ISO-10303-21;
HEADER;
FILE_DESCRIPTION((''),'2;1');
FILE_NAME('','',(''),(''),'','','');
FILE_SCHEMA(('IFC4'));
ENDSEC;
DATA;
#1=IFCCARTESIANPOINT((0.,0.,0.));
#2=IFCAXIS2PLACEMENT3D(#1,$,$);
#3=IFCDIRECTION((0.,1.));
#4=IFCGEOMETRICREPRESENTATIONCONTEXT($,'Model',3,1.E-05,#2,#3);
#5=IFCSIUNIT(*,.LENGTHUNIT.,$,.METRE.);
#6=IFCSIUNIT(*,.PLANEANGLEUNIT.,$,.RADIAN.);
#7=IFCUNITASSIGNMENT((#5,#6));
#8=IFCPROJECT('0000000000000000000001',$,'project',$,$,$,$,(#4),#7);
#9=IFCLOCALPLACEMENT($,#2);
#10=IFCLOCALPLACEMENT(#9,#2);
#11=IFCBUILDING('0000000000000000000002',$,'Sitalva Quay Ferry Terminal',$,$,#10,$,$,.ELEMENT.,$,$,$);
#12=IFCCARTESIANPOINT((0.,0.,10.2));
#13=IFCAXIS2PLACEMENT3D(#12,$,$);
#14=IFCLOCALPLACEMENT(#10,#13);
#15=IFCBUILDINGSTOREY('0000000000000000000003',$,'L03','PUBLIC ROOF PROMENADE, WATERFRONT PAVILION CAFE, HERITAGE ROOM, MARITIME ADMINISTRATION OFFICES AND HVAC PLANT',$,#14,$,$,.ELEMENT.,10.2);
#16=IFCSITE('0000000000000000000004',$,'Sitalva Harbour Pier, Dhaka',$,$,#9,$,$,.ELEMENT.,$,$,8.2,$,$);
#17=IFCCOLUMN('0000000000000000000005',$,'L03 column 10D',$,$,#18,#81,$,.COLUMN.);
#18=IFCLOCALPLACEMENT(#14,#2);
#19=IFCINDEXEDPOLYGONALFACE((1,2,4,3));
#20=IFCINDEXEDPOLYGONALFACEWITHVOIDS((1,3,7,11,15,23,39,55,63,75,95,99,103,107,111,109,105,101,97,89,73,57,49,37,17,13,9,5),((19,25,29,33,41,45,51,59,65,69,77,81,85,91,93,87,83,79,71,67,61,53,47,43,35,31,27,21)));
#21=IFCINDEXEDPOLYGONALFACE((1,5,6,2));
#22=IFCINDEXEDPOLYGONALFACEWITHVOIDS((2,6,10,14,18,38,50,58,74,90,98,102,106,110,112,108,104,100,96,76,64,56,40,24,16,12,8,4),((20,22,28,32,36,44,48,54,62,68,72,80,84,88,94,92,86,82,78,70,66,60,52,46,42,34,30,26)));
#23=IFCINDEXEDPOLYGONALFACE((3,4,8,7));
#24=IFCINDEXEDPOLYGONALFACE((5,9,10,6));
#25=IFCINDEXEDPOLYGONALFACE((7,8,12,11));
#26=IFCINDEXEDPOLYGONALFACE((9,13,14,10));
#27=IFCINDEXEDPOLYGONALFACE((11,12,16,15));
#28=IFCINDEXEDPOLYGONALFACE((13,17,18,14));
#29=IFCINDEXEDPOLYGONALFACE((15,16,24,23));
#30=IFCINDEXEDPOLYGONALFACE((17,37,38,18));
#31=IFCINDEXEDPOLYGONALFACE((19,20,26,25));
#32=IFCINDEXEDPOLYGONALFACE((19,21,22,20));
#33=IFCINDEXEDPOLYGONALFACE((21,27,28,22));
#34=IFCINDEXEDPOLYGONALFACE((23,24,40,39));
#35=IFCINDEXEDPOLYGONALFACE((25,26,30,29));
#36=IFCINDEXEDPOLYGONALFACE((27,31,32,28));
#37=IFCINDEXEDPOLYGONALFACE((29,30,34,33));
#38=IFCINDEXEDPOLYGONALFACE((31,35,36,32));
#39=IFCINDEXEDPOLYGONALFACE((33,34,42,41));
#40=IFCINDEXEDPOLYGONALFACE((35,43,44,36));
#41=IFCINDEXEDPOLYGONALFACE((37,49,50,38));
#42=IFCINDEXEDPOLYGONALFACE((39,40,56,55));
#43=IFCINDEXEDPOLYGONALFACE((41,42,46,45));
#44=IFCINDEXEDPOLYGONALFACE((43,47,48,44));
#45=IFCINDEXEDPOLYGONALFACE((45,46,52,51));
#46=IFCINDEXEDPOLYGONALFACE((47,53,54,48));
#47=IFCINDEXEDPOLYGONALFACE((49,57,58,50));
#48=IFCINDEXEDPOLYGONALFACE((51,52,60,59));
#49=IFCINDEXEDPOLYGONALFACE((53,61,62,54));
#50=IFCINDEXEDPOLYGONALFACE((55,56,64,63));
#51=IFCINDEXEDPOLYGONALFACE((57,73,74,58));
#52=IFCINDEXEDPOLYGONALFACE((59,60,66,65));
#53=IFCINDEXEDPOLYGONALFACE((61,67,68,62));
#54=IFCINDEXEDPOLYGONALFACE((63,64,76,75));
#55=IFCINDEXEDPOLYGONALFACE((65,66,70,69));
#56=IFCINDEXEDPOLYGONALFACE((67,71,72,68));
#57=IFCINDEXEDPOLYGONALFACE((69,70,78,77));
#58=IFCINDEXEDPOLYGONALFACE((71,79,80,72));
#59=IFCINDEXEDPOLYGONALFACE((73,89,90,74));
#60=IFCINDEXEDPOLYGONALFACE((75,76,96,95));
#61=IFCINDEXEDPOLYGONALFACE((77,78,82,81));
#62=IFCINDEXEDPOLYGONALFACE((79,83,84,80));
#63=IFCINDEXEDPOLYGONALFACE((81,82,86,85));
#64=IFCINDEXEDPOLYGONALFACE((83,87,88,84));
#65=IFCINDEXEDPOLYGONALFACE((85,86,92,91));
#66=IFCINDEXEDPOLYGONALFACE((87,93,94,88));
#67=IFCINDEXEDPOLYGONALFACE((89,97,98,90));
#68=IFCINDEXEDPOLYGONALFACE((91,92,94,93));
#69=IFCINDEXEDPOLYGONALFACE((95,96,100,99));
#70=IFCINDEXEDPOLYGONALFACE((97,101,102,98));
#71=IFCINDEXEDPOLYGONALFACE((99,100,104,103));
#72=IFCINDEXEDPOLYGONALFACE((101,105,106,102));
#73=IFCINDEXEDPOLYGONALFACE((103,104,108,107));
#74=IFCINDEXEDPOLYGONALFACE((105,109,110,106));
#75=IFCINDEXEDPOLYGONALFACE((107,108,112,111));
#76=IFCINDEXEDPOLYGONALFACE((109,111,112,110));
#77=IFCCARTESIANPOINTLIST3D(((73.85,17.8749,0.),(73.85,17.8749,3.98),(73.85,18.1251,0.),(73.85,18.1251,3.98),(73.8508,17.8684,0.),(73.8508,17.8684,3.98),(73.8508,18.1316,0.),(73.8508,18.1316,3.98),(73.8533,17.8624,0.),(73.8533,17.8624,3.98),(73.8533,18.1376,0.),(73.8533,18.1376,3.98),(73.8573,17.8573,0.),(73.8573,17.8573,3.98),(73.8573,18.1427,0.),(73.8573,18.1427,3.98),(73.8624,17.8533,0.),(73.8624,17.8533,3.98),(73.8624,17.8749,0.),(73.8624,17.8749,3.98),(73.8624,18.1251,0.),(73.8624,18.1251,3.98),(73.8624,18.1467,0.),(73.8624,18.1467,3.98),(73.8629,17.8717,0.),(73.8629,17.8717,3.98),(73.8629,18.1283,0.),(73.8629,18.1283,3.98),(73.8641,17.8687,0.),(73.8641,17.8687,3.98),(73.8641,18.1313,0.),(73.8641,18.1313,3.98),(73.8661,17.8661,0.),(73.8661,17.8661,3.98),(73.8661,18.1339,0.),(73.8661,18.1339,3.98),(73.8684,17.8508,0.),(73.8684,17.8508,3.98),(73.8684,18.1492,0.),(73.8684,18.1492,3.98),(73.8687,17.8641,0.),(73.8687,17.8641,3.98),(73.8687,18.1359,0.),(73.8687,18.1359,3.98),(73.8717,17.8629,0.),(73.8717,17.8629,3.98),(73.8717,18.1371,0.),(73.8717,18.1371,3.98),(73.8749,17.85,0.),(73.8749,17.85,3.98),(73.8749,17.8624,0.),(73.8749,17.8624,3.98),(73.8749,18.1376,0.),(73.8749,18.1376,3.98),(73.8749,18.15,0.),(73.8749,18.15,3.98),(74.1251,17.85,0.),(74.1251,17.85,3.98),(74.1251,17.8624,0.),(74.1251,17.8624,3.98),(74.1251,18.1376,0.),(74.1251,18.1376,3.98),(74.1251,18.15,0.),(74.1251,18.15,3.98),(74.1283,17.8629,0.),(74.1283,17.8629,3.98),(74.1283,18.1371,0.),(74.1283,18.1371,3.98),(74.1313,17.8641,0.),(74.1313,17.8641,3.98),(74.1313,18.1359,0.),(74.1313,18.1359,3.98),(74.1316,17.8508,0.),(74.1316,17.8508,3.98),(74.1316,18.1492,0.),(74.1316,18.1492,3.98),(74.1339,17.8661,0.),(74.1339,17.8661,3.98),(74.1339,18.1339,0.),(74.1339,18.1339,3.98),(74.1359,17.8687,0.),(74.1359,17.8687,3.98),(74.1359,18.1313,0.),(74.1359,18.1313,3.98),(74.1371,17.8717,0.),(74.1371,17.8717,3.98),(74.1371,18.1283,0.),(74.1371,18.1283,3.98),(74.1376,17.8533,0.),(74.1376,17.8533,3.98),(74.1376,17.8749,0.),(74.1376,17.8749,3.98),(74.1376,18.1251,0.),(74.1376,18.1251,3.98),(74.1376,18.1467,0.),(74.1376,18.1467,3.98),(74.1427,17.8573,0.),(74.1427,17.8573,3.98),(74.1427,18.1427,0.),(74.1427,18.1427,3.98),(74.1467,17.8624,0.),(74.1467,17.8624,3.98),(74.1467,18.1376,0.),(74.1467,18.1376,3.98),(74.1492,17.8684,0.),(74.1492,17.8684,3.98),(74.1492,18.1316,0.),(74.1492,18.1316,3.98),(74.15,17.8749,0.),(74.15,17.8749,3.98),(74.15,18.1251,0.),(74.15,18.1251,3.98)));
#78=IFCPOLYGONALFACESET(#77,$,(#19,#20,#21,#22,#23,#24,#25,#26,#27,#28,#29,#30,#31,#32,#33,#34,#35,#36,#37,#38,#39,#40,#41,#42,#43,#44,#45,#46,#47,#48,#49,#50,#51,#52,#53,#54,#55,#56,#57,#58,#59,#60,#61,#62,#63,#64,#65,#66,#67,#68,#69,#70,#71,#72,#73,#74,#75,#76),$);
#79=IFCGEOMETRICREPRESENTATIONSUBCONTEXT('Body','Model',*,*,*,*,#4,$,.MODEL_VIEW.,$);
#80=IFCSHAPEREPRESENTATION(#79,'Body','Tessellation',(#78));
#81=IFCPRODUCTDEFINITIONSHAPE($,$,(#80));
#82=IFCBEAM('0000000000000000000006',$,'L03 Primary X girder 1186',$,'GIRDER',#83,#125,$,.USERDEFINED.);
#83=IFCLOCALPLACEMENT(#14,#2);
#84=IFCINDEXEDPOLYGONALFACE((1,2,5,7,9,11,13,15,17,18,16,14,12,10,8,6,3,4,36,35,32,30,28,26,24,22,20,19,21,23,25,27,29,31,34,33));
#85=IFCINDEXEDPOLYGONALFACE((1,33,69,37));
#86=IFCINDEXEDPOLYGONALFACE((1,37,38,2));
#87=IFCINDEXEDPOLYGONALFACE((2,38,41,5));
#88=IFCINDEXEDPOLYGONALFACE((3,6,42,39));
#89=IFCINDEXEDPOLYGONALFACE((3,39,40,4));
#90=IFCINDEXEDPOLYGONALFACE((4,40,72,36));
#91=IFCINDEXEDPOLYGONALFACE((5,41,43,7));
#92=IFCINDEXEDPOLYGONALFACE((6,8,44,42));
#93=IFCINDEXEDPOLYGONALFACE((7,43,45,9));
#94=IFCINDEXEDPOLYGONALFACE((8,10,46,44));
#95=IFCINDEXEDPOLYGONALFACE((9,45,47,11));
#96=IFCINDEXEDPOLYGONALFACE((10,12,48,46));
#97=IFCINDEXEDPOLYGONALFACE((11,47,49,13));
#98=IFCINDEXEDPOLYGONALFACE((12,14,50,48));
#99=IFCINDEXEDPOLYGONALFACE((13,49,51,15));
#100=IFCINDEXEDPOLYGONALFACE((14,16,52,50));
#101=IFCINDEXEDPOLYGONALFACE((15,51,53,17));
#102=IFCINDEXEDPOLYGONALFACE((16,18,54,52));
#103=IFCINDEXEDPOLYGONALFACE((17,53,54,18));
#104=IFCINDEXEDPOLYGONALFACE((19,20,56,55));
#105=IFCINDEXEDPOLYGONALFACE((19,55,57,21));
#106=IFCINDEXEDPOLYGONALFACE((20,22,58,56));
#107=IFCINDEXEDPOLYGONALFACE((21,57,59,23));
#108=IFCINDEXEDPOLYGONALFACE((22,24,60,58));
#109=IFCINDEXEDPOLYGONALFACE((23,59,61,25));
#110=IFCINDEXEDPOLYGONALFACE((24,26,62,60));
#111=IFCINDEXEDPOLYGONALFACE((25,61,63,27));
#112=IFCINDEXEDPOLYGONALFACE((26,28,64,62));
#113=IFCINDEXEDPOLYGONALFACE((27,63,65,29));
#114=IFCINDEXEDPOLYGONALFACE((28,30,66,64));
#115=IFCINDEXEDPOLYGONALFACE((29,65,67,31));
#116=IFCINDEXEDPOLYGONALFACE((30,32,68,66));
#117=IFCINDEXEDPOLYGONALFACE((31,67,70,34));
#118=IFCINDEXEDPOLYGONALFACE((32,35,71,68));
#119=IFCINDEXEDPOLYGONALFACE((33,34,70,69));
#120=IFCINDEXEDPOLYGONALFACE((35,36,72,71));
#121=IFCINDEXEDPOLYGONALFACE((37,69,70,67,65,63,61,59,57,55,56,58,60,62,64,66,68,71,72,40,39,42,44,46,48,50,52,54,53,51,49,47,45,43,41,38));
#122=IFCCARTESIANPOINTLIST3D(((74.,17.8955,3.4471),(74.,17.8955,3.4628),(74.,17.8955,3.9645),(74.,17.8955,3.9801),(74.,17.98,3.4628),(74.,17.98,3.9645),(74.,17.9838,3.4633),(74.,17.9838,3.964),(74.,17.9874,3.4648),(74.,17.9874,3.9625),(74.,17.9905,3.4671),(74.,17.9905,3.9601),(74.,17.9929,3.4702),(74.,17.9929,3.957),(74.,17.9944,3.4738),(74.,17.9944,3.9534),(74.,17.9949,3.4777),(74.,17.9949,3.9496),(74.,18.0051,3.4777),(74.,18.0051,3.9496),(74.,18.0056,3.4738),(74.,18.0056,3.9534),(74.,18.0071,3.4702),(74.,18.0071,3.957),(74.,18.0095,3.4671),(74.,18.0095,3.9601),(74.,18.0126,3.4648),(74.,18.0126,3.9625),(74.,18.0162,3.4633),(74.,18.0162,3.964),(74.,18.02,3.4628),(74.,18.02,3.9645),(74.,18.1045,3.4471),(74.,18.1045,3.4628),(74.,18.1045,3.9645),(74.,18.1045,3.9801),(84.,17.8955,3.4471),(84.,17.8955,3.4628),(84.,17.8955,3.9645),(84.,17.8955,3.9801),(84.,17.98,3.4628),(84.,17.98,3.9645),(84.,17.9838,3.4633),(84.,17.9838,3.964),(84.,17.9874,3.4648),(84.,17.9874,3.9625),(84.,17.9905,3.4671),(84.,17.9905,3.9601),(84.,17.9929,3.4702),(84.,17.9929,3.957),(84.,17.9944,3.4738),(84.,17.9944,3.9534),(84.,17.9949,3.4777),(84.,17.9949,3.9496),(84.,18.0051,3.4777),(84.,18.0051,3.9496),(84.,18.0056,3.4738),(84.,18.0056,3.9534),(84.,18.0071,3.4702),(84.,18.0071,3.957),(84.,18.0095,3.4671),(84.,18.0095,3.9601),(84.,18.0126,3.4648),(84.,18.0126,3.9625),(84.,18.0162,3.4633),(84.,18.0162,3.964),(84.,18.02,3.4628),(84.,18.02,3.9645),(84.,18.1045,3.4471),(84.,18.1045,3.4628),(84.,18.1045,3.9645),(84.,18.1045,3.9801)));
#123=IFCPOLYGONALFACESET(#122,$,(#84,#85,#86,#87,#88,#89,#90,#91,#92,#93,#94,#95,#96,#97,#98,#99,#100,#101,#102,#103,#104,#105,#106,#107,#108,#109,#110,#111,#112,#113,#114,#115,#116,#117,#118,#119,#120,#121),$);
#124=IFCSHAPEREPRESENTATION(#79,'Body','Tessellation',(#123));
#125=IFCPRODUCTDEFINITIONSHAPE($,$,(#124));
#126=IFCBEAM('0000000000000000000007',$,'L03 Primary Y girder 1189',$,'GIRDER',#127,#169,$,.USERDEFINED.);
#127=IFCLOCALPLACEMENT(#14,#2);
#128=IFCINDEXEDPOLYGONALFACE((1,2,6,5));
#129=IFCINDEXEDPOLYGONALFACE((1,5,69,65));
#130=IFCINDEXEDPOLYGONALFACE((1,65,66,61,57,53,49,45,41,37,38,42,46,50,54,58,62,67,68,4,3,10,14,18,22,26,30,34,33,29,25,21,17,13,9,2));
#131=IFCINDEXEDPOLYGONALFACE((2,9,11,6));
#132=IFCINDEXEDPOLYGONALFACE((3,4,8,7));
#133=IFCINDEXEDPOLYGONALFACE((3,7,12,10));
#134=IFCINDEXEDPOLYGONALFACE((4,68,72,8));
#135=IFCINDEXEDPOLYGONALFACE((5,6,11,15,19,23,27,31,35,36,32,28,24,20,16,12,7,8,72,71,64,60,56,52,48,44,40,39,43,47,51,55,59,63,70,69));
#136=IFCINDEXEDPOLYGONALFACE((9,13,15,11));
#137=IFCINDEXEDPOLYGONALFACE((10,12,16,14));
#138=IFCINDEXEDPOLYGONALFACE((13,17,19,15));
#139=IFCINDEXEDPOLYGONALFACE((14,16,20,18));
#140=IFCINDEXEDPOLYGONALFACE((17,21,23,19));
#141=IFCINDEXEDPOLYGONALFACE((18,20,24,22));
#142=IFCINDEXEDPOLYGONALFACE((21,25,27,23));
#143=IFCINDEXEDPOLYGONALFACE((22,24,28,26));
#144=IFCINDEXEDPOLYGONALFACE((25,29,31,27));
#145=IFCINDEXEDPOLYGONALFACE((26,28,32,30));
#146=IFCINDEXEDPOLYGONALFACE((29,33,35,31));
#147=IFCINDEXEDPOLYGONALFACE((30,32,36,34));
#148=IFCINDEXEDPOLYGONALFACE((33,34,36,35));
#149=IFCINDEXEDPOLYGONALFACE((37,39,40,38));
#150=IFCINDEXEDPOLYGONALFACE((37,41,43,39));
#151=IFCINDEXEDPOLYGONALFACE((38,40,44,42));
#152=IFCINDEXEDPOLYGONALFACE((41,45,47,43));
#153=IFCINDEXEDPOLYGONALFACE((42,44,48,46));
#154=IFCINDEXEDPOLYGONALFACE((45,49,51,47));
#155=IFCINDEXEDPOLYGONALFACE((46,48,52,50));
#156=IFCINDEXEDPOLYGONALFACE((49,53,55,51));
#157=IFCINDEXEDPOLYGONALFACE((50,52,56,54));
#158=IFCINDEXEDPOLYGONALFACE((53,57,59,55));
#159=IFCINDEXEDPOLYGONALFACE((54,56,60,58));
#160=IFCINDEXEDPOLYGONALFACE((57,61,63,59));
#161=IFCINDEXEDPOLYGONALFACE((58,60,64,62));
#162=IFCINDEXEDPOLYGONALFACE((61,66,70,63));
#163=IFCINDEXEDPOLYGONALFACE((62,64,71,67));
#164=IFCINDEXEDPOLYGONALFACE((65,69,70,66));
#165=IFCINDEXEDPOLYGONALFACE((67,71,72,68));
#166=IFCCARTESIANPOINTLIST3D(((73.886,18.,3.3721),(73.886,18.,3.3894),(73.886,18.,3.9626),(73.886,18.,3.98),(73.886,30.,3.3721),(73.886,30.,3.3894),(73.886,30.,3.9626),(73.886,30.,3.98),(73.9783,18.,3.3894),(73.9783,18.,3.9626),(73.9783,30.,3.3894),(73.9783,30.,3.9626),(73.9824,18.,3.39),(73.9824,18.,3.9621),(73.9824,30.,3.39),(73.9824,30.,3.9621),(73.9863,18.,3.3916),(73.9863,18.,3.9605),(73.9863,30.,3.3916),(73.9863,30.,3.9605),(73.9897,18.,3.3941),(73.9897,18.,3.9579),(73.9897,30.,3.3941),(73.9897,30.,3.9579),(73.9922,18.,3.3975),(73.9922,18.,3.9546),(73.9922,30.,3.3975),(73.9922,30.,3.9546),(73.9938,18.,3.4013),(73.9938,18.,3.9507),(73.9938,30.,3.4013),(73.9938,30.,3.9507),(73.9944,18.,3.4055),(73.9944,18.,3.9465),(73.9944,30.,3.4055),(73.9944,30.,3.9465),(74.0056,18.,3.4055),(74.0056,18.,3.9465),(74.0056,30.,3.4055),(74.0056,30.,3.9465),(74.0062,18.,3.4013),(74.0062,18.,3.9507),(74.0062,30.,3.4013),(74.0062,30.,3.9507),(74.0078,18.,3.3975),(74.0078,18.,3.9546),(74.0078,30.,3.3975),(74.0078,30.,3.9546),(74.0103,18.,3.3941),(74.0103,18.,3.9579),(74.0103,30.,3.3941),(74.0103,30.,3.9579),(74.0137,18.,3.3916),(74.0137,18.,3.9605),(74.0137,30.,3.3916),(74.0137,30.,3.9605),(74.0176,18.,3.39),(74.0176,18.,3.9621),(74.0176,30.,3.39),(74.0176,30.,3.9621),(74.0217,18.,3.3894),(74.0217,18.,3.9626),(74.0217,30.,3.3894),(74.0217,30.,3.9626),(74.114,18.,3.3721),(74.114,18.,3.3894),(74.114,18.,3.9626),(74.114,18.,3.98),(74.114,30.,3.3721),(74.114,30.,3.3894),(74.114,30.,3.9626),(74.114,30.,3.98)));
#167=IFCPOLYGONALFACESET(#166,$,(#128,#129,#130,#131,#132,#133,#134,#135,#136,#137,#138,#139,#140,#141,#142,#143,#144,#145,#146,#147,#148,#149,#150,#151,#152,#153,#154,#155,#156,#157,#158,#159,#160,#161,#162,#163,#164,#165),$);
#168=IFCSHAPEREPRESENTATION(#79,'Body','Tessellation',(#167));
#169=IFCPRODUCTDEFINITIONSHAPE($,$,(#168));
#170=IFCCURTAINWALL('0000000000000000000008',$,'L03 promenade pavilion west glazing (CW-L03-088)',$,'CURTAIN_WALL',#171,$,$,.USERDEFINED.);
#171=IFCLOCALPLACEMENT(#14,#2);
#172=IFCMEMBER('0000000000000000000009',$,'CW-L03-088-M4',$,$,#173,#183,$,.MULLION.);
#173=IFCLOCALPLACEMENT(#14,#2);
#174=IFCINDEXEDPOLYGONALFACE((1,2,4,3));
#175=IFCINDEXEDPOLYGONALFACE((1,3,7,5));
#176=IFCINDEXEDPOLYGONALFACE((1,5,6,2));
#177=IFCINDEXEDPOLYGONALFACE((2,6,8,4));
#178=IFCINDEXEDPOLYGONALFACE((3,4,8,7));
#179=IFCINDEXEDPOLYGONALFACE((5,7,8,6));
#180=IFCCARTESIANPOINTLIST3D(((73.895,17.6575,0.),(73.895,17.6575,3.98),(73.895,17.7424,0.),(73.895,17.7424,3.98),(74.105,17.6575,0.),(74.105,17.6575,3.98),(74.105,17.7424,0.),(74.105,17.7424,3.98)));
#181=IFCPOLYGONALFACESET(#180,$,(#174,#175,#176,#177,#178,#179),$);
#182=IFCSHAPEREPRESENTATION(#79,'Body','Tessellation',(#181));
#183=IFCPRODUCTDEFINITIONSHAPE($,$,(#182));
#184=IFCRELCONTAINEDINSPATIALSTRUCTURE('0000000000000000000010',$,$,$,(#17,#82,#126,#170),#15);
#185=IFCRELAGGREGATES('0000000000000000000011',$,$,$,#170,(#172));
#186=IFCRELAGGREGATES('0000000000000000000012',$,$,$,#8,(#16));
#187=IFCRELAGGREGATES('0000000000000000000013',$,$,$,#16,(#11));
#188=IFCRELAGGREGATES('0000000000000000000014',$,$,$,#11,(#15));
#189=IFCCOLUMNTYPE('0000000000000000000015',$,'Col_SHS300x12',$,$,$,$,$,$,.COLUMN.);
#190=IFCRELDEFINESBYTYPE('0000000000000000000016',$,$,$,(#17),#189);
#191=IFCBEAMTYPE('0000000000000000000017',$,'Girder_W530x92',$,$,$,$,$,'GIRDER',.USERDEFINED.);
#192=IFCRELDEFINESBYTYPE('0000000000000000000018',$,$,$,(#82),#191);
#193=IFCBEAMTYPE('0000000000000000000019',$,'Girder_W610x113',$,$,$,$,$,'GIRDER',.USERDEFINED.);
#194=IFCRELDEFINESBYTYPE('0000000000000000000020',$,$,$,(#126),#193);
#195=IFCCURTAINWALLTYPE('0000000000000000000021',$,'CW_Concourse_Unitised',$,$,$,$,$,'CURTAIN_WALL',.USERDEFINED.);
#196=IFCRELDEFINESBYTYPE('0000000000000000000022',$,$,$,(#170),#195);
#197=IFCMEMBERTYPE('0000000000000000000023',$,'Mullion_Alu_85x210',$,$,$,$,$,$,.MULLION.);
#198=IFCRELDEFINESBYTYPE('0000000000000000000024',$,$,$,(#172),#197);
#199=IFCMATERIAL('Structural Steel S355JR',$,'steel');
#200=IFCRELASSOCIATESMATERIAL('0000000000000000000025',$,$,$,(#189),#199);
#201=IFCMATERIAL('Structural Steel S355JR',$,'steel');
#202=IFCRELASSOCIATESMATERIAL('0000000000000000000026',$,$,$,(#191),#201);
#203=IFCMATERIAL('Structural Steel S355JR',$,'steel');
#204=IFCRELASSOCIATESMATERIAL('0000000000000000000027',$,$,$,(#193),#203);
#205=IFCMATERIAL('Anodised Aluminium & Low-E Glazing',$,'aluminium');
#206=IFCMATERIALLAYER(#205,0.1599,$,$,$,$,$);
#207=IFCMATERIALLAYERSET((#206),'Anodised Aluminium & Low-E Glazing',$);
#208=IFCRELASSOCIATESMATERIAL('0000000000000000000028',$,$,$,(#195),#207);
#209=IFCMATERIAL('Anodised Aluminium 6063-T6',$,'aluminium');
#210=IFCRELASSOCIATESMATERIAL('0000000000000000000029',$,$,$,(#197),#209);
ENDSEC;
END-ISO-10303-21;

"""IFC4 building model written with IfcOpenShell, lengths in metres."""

from ifc_helpers import new_model, si_unit, direction, frame, origin, origin_2d, place, context, subcontext, project, spatial, rectangle, hollow_rectangle, i_section, extrude, material, layer, layer_set, material_profile, profile_set, type_object, element, aggregate, save


model = new_model("IFC4")

# Units and contexts
model_context = context("Model", 3, precision=1e-05, world=origin(), true_north=direction((0.0, 1.0)))
body_context = subcontext(model_context, "Body", "Model", "MODEL_VIEW")
ifc_project = project(units=[si_unit("LENGTHUNIT", "METRE"), si_unit("PLANEANGLEUNIT", "RADIAN")], contexts=[model_context])

# Site, building, storey
site_placement = place(None, origin())
site = spatial("IfcSite", under=ifc_project, at=site_placement, Name="Sitalva Harbour Pier, Dhaka", CompositionType="ELEMENT", RefElevation=8.2)
building_placement = place(site_placement, origin())
building = spatial("IfcBuilding", under=site, at=building_placement, Name="Sitalva Quay Ferry Terminal", CompositionType="ELEMENT")
storey_placement = place(building_placement, frame((0.0, 0.0, 10.2)))
storey = spatial("IfcBuildingStorey", under=building, at=storey_placement, Name="L03", Description="PUBLIC ROOF PROMENADE, WATERFRONT PAVILION CAFE, HERITAGE ROOM, MARITIME ADMINISTRATION OFFICES AND HVAC PLANT", CompositionType="ELEMENT", Elevation=10.2)

# Column
ifc_material_1 = material(Name="Structural Steel S355JR", Category="steel")
ifc_material_profile_1 = material_profile(ifc_material_1, hollow_rectangle(XDim=0.3, YDim=0.3, WallThickness=0.0125, InnerFilletRadius=0.0125, OuterFilletRadius=0.0249, at=origin_2d()), Name="SHS300x300x12.5")
ifc_profile_set_1 = profile_set([ifc_material_profile_1], Name="Structural Steel S355JR")
column_type = type_object("IfcColumnType", Name="Col_SHS300x12", PredefinedType="COLUMN", material=ifc_profile_set_1)
column_placement = place(storey_placement, frame((74.0, 18.0, 0.0), z_axis=(0.0, 0.0, 1.0), x_axis=(1.0, 0.0, 0.0)))
element("IfcColumn", 1, at=column_placement, inside=storey, type_object=column_type, Name="L03 column 10D", PredefinedType="COLUMN", context=body_context, shape_type="SweptSolid", body=[
    extrude(hollow_rectangle(XDim=0.3, YDim=0.3, WallThickness=0.0125, InnerFilletRadius=0.0125, OuterFilletRadius=0.0249, at=origin_2d()), origin(), (0.0, 0.0, 1.0), 3.98),
])

# Beams
ifc_material_2 = material(Name="Structural Steel S355JR", Category="steel")
ifc_material_profile_2 = material_profile(ifc_material_2, i_section(OverallWidth=0.209, OverallDepth=0.533, WebThickness=0.0103, FlangeThickness=0.0156, FilletRadius=0.0149, at=origin_2d()), Name="W530x92")
ifc_profile_set_2 = profile_set([ifc_material_profile_2], Name="Structural Steel S355JR")
beam_type_1 = type_object("IfcBeamType", Name="Girder_W530x92", ElementType="GIRDER", PredefinedType="USERDEFINED", material=ifc_profile_set_2)
beam_1_placement = place(storey_placement, frame((74.0, 18.0, 3.7136), z_axis=(1.0, 0.0, 0.0), x_axis=(0.0, 1.0, 0.0)))
element("IfcBeam", 2, at=beam_1_placement, inside=storey, type_object=beam_type_1, Name="L03 Primary X girder 1186", ObjectType="GIRDER", PredefinedType="USERDEFINED", context=body_context, shape_type="SweptSolid", body=[
    extrude(i_section(OverallWidth=0.209, OverallDepth=0.533, WebThickness=0.0103, FlangeThickness=0.0156, FilletRadius=0.0149, at=origin_2d()), origin(), (0.0, 0.0, 1.0), 10.0),
])
ifc_material_3 = material(Name="Structural Steel S355JR", Category="steel")
ifc_material_profile_3 = material_profile(ifc_material_3, i_section(OverallWidth=0.228, OverallDepth=0.6079, WebThickness=0.0112, FlangeThickness=0.0173, FilletRadius=0.0161, at=origin_2d()), Name="W610x113")
ifc_profile_set_3 = profile_set([ifc_material_profile_3], Name="Structural Steel S355JR")
beam_type_2 = type_object("IfcBeamType", Name="Girder_W610x113", ElementType="GIRDER", PredefinedType="USERDEFINED", material=ifc_profile_set_3)
beam_2_placement = place(storey_placement, frame((74.0, 18.0, 3.676), z_axis=(0.0, 1.0, 0.0), x_axis=(-1.0, 0.0, 0.0)))
element("IfcBeam", 3, at=beam_2_placement, inside=storey, type_object=beam_type_2, Name="L03 Primary Y girder 1189", ObjectType="GIRDER", PredefinedType="USERDEFINED", context=body_context, shape_type="SweptSolid", body=[
    extrude(i_section(OverallWidth=0.228, OverallDepth=0.6079, WebThickness=0.0112, FlangeThickness=0.0173, FilletRadius=0.0161, at=origin_2d()), origin(), (0.0, 0.0, 1.0), 12.0),
])

# Curtain wall, member
ifc_material_4 = material(Name="Anodised Aluminium & Low-E Glazing", Category="aluminium")
ifc_layer_1 = layer(ifc_material_4, 0.1599)
ifc_layer_set_1 = layer_set([ifc_layer_1], Name="Anodised Aluminium & Low-E Glazing")
curtain_wall_type = type_object("IfcCurtainWallType", Name="CW_Concourse_Unitised", ElementType="CURTAIN_WALL", PredefinedType="USERDEFINED", material=ifc_layer_set_1)
curtain_wall_1_placement = place(storey_placement, origin())
curtain_wall_1 = element("IfcCurtainWall", 4, at=curtain_wall_1_placement, inside=storey, type_object=curtain_wall_type, Name="L03 promenade pavilion west glazing (CW-L03-088)", ObjectType="CURTAIN_WALL", PredefinedType="USERDEFINED")
ifc_material_5 = material(Name="Anodised Aluminium 6063-T6", Category="aluminium")
ifc_material_profile_4 = material_profile(ifc_material_5, rectangle(XDim=0.085, YDim=0.21, at=origin_2d()), Name="ALU85x210")
ifc_profile_set_4 = profile_set([ifc_material_profile_4], Name="Anodised Aluminium 6063-T6")
member_type_1 = type_object("IfcMemberType", Name="Mullion_Alu_85x210", PredefinedType="MULLION", material=ifc_profile_set_4)
member_1_placement = place(storey_placement, frame((74.0, 17.7, 0.0), z_axis=(0.0, 0.0, 1.0), x_axis=(0.0, 1.0, 0.0)))
member_1 = element("IfcMember", 5, at=member_1_placement, type_object=member_type_1, Name="CW-L03-088-M4", PredefinedType="MULLION", context=body_context, shape_type="SweptSolid", body=[
    extrude(rectangle(XDim=0.085, YDim=0.21, at=origin_2d()), origin(), (0.0, 0.0, 1.0), 3.98),
])

aggregate(curtain_wall_1, [member_1])

save(model, "model.ifc")
